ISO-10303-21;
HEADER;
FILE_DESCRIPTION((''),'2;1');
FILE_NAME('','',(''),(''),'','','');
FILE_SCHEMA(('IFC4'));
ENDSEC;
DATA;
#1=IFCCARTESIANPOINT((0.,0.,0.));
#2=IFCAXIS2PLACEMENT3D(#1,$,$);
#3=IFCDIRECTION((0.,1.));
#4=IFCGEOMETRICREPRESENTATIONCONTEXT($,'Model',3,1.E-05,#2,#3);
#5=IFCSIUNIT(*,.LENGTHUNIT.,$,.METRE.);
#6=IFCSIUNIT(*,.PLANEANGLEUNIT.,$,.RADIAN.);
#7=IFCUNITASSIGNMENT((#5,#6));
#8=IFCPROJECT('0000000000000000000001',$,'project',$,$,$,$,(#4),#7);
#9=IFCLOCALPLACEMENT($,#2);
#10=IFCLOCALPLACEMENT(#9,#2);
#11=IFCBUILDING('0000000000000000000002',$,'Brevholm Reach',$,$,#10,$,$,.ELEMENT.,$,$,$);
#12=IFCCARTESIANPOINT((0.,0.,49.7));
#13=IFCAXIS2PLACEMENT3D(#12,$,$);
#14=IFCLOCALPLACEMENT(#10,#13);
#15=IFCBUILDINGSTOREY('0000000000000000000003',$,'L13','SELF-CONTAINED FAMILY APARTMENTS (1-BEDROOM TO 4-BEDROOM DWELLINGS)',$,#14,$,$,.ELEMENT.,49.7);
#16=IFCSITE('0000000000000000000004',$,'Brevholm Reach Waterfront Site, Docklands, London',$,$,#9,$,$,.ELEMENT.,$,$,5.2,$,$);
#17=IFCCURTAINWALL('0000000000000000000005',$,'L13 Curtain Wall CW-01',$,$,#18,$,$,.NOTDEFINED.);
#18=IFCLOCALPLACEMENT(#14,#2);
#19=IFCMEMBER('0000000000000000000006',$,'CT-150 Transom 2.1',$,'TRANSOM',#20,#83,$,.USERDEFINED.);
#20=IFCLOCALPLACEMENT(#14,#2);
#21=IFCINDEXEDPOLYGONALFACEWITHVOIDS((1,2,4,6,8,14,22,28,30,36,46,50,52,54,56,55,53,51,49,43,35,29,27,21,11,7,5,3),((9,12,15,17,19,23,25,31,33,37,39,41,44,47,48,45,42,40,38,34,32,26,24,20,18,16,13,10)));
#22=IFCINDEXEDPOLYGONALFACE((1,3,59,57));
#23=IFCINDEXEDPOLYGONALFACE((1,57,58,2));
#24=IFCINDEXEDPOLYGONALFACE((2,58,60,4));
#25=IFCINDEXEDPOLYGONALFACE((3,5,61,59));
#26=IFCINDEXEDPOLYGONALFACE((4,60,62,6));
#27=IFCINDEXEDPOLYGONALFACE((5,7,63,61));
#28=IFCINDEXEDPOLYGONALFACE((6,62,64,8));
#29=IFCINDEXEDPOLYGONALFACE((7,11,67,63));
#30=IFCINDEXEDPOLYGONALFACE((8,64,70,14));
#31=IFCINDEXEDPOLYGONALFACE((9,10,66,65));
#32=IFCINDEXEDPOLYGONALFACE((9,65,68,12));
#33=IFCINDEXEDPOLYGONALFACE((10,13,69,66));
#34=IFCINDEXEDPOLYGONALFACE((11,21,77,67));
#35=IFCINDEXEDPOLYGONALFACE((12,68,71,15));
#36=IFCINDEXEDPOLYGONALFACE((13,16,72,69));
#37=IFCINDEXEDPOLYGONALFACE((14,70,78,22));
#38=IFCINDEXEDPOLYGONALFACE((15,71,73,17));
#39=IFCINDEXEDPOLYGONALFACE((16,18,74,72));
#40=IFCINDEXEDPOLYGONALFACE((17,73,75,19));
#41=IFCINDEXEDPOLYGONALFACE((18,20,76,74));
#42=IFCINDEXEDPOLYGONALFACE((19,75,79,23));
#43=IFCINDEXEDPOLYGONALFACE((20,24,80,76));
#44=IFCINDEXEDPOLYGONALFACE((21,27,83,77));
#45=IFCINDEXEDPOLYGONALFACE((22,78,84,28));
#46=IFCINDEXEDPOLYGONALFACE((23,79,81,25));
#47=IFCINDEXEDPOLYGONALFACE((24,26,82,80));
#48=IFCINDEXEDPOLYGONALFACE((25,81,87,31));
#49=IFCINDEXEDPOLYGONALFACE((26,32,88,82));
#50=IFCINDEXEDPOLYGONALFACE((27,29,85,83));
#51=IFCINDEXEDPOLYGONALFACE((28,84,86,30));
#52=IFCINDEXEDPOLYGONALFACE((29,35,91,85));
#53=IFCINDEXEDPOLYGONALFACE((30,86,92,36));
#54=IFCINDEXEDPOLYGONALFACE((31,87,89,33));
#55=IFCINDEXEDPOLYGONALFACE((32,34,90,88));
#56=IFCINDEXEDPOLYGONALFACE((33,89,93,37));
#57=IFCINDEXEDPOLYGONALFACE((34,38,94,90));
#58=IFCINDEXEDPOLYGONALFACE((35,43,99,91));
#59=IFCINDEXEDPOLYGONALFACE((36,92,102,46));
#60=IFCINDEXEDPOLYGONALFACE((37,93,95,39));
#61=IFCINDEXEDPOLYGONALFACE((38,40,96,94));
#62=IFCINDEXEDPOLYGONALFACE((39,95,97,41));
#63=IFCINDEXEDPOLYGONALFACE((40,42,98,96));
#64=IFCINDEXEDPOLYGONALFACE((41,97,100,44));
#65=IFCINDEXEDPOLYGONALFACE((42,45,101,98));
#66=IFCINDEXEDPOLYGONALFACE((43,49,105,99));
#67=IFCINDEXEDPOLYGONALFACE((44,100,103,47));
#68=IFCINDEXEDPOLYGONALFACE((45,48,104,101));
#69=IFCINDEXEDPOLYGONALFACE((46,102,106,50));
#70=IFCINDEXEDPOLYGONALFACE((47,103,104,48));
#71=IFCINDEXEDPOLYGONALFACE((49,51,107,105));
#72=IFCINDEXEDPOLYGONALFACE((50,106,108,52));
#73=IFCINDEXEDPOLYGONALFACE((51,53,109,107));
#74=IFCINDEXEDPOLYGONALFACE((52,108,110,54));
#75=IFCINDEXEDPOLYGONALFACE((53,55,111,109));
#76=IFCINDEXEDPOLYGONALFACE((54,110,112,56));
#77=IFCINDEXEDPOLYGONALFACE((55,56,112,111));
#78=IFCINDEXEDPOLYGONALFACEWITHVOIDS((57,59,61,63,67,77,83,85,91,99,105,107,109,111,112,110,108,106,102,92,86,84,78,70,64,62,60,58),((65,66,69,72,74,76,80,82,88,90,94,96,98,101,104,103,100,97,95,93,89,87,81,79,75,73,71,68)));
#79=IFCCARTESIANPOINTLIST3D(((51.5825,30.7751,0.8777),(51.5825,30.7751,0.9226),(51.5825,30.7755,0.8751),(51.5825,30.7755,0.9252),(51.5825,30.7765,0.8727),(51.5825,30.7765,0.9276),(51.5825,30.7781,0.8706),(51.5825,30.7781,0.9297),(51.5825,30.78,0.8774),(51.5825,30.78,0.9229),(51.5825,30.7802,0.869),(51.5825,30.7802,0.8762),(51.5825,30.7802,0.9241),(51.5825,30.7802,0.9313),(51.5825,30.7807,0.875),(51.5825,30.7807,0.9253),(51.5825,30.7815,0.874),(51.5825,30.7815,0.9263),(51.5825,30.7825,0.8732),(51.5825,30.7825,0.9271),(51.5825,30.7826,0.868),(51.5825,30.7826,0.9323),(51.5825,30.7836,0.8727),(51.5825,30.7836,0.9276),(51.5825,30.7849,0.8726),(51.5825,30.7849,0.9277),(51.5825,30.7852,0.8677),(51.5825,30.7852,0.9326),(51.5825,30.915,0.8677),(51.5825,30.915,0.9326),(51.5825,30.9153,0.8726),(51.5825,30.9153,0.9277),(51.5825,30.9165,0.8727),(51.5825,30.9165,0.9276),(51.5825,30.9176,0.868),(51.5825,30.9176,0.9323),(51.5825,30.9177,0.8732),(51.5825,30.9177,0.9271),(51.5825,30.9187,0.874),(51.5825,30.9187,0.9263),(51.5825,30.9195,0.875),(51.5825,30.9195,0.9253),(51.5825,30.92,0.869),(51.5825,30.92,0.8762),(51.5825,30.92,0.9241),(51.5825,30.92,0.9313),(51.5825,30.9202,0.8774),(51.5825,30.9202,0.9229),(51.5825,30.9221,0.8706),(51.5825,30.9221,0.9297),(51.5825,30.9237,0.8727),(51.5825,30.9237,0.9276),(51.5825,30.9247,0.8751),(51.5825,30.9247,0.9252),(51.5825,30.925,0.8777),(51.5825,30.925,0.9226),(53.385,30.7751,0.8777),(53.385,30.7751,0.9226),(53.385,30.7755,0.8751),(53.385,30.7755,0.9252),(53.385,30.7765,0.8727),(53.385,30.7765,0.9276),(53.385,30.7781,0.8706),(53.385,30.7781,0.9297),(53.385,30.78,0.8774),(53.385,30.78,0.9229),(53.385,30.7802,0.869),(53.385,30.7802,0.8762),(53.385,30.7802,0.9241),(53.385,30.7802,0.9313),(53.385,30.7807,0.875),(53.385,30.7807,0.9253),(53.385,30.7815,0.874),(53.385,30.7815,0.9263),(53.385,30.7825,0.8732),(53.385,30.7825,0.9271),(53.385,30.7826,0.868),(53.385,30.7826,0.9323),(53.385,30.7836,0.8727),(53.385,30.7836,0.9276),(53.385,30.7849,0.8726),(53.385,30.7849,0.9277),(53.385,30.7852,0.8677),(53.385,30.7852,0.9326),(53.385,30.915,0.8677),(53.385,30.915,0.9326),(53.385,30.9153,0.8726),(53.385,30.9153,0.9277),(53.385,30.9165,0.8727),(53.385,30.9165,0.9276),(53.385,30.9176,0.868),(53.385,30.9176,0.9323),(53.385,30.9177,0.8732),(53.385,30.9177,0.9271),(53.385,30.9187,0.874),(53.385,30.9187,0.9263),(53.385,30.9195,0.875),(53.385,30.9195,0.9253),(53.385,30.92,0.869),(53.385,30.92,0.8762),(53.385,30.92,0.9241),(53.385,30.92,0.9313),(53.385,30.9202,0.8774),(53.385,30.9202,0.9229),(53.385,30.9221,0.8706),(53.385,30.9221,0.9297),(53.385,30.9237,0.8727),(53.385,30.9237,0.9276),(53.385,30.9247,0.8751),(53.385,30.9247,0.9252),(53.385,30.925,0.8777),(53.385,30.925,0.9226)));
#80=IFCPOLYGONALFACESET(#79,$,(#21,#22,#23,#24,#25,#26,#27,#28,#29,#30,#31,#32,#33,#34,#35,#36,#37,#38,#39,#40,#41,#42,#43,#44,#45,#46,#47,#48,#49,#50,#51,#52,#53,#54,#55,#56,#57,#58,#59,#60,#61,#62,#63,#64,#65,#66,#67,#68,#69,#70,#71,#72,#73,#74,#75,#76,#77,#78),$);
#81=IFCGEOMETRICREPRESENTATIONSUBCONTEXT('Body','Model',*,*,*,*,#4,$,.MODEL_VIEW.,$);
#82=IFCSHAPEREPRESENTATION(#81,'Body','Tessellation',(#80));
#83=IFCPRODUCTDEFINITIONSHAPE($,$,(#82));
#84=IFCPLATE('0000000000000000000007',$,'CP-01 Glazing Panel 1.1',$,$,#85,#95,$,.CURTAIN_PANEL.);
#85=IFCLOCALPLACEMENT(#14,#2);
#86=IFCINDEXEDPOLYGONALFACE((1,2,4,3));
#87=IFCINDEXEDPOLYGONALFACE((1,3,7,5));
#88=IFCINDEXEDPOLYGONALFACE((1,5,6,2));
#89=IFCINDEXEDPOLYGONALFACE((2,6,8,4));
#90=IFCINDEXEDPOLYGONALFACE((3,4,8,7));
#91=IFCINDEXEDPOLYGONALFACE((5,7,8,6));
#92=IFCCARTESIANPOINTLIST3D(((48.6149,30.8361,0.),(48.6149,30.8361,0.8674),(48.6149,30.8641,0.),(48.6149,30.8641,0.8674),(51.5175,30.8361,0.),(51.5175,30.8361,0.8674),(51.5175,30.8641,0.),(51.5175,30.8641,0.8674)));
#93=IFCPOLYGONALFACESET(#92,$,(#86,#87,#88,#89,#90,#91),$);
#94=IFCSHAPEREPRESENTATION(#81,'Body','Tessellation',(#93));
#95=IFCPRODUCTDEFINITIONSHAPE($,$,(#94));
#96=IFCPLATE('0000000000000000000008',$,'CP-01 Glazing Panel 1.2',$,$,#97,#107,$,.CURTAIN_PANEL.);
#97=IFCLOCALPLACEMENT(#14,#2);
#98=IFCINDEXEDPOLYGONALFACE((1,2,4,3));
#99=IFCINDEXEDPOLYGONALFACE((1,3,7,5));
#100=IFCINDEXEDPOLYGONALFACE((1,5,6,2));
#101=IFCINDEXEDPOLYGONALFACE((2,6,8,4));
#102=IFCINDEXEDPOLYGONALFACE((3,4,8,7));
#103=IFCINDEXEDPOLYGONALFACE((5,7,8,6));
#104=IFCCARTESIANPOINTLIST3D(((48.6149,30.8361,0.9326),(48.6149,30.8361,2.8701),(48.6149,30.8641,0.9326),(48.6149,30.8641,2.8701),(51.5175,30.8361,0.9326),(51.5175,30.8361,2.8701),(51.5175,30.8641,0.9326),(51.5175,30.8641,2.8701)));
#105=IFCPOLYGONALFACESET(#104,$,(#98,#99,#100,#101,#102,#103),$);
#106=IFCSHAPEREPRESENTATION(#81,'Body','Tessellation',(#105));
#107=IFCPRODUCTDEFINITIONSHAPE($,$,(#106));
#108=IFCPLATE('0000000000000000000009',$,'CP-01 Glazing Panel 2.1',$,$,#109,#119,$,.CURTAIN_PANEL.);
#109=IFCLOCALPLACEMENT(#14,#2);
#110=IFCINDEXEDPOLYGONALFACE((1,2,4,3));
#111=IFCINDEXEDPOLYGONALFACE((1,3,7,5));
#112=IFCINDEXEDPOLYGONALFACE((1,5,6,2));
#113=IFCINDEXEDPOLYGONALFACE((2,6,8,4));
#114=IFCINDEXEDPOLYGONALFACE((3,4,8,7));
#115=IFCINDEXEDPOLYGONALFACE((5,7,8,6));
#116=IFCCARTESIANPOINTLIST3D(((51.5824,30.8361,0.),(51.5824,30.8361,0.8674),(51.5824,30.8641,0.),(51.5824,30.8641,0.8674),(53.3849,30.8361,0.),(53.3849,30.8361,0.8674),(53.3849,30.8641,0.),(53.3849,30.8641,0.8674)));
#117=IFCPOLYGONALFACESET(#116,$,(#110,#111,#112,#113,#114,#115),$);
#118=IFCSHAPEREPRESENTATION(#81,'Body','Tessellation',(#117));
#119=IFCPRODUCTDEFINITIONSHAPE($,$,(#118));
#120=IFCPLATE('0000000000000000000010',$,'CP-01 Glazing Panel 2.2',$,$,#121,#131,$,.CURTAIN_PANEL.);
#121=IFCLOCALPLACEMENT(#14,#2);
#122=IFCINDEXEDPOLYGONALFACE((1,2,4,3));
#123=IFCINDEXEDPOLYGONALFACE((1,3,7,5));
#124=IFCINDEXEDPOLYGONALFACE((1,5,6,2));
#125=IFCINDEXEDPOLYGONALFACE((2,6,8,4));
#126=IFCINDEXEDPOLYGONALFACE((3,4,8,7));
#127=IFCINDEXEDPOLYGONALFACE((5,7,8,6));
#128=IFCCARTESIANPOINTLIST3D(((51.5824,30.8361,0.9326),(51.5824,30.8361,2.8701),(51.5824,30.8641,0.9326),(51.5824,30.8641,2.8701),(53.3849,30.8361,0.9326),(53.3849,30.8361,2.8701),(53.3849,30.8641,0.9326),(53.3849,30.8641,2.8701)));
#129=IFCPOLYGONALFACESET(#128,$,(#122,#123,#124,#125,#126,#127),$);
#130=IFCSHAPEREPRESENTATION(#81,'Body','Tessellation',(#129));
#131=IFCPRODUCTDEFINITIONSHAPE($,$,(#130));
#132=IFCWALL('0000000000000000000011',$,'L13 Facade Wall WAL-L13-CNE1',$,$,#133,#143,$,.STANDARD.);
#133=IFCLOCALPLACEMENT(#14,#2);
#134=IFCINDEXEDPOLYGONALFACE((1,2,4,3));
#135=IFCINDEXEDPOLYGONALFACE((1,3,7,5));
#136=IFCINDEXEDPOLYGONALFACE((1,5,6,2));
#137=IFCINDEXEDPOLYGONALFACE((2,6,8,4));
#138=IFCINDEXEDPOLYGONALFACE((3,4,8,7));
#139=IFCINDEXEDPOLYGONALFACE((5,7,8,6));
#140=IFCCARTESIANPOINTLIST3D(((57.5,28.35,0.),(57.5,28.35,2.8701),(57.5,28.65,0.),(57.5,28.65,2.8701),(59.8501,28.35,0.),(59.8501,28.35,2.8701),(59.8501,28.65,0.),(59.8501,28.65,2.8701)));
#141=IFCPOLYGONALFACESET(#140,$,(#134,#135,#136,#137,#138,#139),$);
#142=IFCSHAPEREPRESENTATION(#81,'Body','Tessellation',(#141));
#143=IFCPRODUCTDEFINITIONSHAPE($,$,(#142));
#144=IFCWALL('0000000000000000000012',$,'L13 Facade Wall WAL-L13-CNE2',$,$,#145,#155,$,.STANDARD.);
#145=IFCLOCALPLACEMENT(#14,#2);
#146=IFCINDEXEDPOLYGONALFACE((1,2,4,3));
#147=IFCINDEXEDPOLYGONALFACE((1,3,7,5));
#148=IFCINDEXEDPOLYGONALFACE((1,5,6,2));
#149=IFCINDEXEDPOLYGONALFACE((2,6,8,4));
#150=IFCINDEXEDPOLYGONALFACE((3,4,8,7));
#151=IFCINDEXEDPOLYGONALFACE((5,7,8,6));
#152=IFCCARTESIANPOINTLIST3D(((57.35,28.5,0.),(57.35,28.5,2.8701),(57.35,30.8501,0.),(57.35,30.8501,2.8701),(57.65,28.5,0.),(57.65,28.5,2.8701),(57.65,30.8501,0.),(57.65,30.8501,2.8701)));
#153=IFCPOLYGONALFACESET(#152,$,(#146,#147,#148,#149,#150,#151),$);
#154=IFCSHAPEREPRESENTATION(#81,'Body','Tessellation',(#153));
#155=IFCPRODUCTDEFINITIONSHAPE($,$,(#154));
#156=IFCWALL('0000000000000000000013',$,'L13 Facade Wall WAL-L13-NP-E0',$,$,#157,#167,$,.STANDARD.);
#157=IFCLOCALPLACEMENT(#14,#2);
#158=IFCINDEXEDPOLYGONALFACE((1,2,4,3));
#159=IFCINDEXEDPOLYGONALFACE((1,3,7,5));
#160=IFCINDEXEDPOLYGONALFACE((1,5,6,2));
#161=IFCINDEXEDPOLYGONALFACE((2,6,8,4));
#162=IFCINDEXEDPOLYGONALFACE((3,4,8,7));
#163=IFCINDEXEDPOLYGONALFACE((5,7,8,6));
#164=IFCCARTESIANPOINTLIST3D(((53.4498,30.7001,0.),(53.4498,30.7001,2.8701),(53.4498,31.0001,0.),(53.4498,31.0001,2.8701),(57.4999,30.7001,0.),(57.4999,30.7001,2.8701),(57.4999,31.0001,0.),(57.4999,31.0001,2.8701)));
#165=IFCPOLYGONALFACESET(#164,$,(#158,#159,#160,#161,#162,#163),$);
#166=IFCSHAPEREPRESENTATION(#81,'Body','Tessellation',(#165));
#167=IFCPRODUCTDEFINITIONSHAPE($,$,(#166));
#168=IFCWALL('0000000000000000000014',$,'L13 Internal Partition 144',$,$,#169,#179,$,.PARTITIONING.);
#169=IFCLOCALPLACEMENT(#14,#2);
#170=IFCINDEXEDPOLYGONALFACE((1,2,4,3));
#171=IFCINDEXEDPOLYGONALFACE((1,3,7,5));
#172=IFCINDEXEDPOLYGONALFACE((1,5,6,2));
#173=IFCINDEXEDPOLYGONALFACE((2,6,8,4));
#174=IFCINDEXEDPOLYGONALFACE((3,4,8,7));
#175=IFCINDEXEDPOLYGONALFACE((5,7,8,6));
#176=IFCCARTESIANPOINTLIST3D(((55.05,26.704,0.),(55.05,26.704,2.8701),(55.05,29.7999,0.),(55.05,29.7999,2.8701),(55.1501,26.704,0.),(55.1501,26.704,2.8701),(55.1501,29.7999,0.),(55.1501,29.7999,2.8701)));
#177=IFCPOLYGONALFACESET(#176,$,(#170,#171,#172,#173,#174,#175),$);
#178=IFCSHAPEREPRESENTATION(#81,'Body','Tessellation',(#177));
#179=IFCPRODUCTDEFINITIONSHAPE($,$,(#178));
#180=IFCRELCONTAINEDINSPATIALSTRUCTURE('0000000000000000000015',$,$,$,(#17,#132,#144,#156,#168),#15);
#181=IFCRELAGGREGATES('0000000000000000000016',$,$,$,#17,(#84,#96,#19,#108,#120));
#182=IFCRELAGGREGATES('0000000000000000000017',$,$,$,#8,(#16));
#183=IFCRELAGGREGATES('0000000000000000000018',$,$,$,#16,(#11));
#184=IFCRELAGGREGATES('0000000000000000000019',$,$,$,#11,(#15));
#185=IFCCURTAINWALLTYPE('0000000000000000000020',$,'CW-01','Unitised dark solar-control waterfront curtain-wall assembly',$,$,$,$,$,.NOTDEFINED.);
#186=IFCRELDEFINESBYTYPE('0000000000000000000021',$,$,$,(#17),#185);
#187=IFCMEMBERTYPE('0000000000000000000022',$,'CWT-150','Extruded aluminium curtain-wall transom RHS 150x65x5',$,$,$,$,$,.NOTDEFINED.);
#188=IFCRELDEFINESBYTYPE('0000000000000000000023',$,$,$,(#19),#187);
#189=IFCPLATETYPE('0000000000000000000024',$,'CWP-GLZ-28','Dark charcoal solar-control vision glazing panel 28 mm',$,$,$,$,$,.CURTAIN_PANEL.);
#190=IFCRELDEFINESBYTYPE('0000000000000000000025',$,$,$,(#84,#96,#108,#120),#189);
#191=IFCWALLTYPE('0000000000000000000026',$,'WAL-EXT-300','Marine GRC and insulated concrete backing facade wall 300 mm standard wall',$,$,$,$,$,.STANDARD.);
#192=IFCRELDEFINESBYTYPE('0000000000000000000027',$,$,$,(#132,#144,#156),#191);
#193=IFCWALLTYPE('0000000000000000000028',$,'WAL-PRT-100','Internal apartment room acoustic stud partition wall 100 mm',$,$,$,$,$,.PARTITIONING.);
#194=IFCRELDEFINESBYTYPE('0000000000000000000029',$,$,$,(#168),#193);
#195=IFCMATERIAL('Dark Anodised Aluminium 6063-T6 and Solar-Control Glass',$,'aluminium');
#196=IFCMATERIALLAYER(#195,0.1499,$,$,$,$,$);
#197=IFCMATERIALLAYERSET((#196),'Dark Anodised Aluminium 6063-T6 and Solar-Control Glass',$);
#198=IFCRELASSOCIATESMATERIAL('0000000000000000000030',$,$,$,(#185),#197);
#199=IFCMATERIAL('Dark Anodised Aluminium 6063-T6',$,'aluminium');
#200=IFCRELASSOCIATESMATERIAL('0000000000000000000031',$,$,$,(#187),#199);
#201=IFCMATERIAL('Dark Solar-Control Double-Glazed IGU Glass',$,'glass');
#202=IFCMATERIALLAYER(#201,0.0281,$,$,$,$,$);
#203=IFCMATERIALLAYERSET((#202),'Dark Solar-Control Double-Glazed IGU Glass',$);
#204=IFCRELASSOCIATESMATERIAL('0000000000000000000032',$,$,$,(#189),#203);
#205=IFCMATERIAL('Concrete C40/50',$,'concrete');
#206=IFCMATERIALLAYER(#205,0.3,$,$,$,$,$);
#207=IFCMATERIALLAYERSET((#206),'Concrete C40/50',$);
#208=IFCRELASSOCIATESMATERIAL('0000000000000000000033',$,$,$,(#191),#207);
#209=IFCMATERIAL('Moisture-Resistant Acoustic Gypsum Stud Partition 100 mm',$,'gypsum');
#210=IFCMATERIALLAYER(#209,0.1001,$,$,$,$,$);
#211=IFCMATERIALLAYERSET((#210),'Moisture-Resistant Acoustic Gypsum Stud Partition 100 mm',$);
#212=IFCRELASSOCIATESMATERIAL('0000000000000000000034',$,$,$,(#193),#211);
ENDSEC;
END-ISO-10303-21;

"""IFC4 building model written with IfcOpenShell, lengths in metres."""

from ifc_helpers import new_model, si_unit, direction, frame, frame_2d, origin, origin_2d, place, context, subcontext, project, spatial, rectangle, hollow_rectangle, extrude, material, layer, layer_set, material_profile, profile_set, type_object, element, aggregate, save


model = new_model("IFC4")

# Units and contexts
model_context = context("Model", 3, precision=1e-05, world=origin(), true_north=direction((0.0, 1.0)))
body_context = subcontext(model_context, "Body", "Model", "MODEL_VIEW")
ifc_project = project(units=[si_unit("LENGTHUNIT", "METRE"), si_unit("PLANEANGLEUNIT", "RADIAN")], contexts=[model_context])

# Site, building, storey
site_placement = place(None, origin())
site = spatial("IfcSite", under=ifc_project, at=site_placement, Name="Brevholm Reach Waterfront Site, Docklands, London", CompositionType="ELEMENT", RefElevation=5.2)
building_placement = place(site_placement, origin())
building = spatial("IfcBuilding", under=site, at=building_placement, Name="Brevholm Reach", CompositionType="ELEMENT")
storey_placement = place(building_placement, frame((0.0, 0.0, 49.7)))
storey = spatial("IfcBuildingStorey", under=building, at=storey_placement, Name="L13", Description="SELF-CONTAINED FAMILY APARTMENTS (1-BEDROOM TO 4-BEDROOM DWELLINGS)", CompositionType="ELEMENT", Elevation=49.7)

# Curtain wall, member, plates
ifc_material_1 = material(Name="Dark Anodised Aluminium 6063-T6 and Solar-Control Glass", Category="aluminium")
ifc_layer_1 = layer(ifc_material_1, 0.1499)
ifc_layer_set_1 = layer_set([ifc_layer_1], Name="Dark Anodised Aluminium 6063-T6 and Solar-Control Glass")
curtain_wall_type = type_object("IfcCurtainWallType", Name="CW-01", Description="Unitised dark solar-control waterfront curtain-wall assembly", PredefinedType="NOTDEFINED", material=ifc_layer_set_1)
curtain_wall_placement = place(storey_placement, origin())
curtain_wall = element("IfcCurtainWall", 1, at=curtain_wall_placement, inside=storey, type_object=curtain_wall_type, Name="L13 Curtain Wall CW-01", PredefinedType="NOTDEFINED")
ifc_material_2 = material(Name="Dark Anodised Aluminium 6063-T6", Category="aluminium")
ifc_material_profile_1 = material_profile(ifc_material_2, hollow_rectangle(XDim=0.0649, YDim=0.1499, WallThickness=0.0049, InnerFilletRadius=0.0049, OuterFilletRadius=0.01, at=origin_2d()), Name="RHS 150x65x5")
ifc_profile_set_1 = profile_set([ifc_material_profile_1], Name="Dark Anodised Aluminium 6063-T6")
member_type_1 = type_object("IfcMemberType", Name="CWT-150", Description="Extruded aluminium curtain-wall transom RHS 150x65x5", PredefinedType="NOTDEFINED", material=ifc_profile_set_1)
member_1_placement = place(storey_placement, frame((51.5825, 30.8501, 0.9001), z_axis=(1.0, 0.0, 0.0), x_axis=(0.0, 0.0, 1.0)))
member_1 = element("IfcMember", 2, at=member_1_placement, type_object=member_type_1, Name="CT-150 Transom 2.1", ObjectType="TRANSOM", PredefinedType="USERDEFINED", context=body_context, shape_type="SweptSolid", body=[
    extrude(hollow_rectangle(XDim=0.0649, YDim=0.1499, WallThickness=0.0049, InnerFilletRadius=0.0049, OuterFilletRadius=0.01, at=origin_2d()), origin(), (0.0, 0.0, 1.0), 1.8025),
])
ifc_material_3 = material(Name="Dark Solar-Control Double-Glazed IGU Glass", Category="glass")
ifc_layer_2 = layer(ifc_material_3, 0.0281)
ifc_layer_set_2 = layer_set([ifc_layer_2], Name="Dark Solar-Control Double-Glazed IGU Glass")
plate_type = type_object("IfcPlateType", Name="CWP-GLZ-28", Description="Dark charcoal solar-control vision glazing panel 28 mm", PredefinedType="CURTAIN_PANEL", material=ifc_layer_set_2)
plate_1_placement = place(storey_placement, frame((50.0662, 30.8501, 0.0), z_axis=(0.0, 0.0, 1.0), x_axis=(1.0, 0.0, 0.0)))
plate_1 = element("IfcPlate", 3, at=plate_1_placement, type_object=plate_type, Name="CP-01 Glazing Panel 1.1", PredefinedType="CURTAIN_PANEL", context=body_context, shape_type="SweptSolid", body=[
    extrude(rectangle(XDim=2.9026, YDim=0.0281, at=origin_2d()), origin(), (0.0, 0.0, 1.0), 0.8674),
])
plate_2_placement = place(storey_placement, frame((50.0662, 30.8501, 0.9326), z_axis=(0.0, 0.0, 1.0), x_axis=(1.0, 0.0, 0.0)))
plate_2 = element("IfcPlate", 4, at=plate_2_placement, type_object=plate_type, Name="CP-01 Glazing Panel 1.2", PredefinedType="CURTAIN_PANEL", context=body_context, shape_type="SweptSolid", body=[
    extrude(rectangle(XDim=2.9026, YDim=0.0281, at=origin_2d()), origin(), (0.0, 0.0, 1.0), 1.9375),
])
plate_3_placement = place(storey_placement, frame((52.4836, 30.8501, 0.0), z_axis=(0.0, 0.0, 1.0), x_axis=(1.0, 0.0, 0.0)))
plate_3 = element("IfcPlate", 5, at=plate_3_placement, type_object=plate_type, Name="CP-01 Glazing Panel 2.1", PredefinedType="CURTAIN_PANEL", context=body_context, shape_type="SweptSolid", body=[
    extrude(rectangle(XDim=1.8025, YDim=0.0281, at=origin_2d()), origin(), (0.0, 0.0, 1.0), 0.8674),
])
plate_4_placement = place(storey_placement, frame((52.4836, 30.8501, 0.9326), z_axis=(0.0, 0.0, 1.0), x_axis=(1.0, 0.0, 0.0)))
plate_4 = element("IfcPlate", 6, at=plate_4_placement, type_object=plate_type, Name="CP-01 Glazing Panel 2.2", PredefinedType="CURTAIN_PANEL", context=body_context, shape_type="SweptSolid", body=[
    extrude(rectangle(XDim=1.8025, YDim=0.0281, at=origin_2d()), origin(), (0.0, 0.0, 1.0), 1.9375),
])
aggregate(curtain_wall, [plate_1, plate_2, member_1, plate_3, plate_4])

# Walls
ifc_material_4 = material(Name="Concrete C40/50", Category="concrete")
ifc_layer_3 = layer(ifc_material_4, 0.3)
ifc_layer_set_3 = layer_set([ifc_layer_3], Name="Concrete C40/50")
wall_type_1 = type_object("IfcWallType", Name="WAL-EXT-300", Description="Marine GRC and insulated concrete backing facade wall 300 mm standard wall", PredefinedType="STANDARD", material=ifc_layer_set_3)
for number, where, z_axis, x_axis, name in (
    (7, (59.8501, 28.5, 0.0), (0.0, 0.0, 1.0), (-1.0, 0.0, 0.0), "L13 Facade Wall WAL-L13-CNE1"),
    (8, (57.5, 28.5, 0.0), (0.0, 0.0, 1.0), (0.0, 1.0, 0.0), "L13 Facade Wall WAL-L13-CNE2"),
):
    element("IfcWall", number, at=place(storey_placement, frame(where, z_axis=z_axis, x_axis=x_axis)), inside=storey, type_object=wall_type_1, Name=name, PredefinedType="STANDARD", context=body_context, shape_type="SweptSolid", body=[
        extrude(rectangle(XDim=2.3501, YDim=0.3, at=frame_2d((1.175, 0.0))), origin(), (0.0, 0.0, 1.0), 2.8701),
    ])
wall_1_placement = place(storey_placement, frame((53.45, 30.8501, 0.0), z_axis=(0.0, 0.0, 1.0), x_axis=(1.0, 0.0, 0.0)))
element("IfcWall", 9, at=wall_1_placement, inside=storey, type_object=wall_type_1, Name="L13 Facade Wall WAL-L13-NP-E0", PredefinedType="STANDARD", context=body_context, shape_type="SweptSolid", body=[
    extrude(rectangle(XDim=4.05, YDim=0.3, at=frame_2d((2.0249, 0.0))), origin(), (0.0, 0.0, 1.0), 2.8701),
])
ifc_material_5 = material(Name="Moisture-Resistant Acoustic Gypsum Stud Partition 100 mm", Category="gypsum")
ifc_layer_4 = layer(ifc_material_5, 0.1001)
ifc_layer_set_4 = layer_set([ifc_layer_4], Name="Moisture-Resistant Acoustic Gypsum Stud Partition 100 mm")
wall_type_2 = type_object("IfcWallType", Name="WAL-PRT-100", Description="Internal apartment room acoustic stud partition wall 100 mm", PredefinedType="PARTITIONING", material=ifc_layer_set_4)
wall_2_placement = place(storey_placement, frame((55.1001, 26.7041, 0.0), z_axis=(0.0, 0.0, 1.0), x_axis=(0.0, 1.0, 0.0)))
element("IfcWall", 10, at=wall_2_placement, inside=storey, type_object=wall_type_2, Name="L13 Internal Partition 144", PredefinedType="PARTITIONING", context=body_context, shape_type="SweptSolid", body=[
    extrude(rectangle(XDim=3.0959, YDim=0.1001, at=frame_2d((1.5479, 0.0))), origin(), (0.0, 0.0, 1.0), 2.8701),
])

save(model, "model.ifc")
